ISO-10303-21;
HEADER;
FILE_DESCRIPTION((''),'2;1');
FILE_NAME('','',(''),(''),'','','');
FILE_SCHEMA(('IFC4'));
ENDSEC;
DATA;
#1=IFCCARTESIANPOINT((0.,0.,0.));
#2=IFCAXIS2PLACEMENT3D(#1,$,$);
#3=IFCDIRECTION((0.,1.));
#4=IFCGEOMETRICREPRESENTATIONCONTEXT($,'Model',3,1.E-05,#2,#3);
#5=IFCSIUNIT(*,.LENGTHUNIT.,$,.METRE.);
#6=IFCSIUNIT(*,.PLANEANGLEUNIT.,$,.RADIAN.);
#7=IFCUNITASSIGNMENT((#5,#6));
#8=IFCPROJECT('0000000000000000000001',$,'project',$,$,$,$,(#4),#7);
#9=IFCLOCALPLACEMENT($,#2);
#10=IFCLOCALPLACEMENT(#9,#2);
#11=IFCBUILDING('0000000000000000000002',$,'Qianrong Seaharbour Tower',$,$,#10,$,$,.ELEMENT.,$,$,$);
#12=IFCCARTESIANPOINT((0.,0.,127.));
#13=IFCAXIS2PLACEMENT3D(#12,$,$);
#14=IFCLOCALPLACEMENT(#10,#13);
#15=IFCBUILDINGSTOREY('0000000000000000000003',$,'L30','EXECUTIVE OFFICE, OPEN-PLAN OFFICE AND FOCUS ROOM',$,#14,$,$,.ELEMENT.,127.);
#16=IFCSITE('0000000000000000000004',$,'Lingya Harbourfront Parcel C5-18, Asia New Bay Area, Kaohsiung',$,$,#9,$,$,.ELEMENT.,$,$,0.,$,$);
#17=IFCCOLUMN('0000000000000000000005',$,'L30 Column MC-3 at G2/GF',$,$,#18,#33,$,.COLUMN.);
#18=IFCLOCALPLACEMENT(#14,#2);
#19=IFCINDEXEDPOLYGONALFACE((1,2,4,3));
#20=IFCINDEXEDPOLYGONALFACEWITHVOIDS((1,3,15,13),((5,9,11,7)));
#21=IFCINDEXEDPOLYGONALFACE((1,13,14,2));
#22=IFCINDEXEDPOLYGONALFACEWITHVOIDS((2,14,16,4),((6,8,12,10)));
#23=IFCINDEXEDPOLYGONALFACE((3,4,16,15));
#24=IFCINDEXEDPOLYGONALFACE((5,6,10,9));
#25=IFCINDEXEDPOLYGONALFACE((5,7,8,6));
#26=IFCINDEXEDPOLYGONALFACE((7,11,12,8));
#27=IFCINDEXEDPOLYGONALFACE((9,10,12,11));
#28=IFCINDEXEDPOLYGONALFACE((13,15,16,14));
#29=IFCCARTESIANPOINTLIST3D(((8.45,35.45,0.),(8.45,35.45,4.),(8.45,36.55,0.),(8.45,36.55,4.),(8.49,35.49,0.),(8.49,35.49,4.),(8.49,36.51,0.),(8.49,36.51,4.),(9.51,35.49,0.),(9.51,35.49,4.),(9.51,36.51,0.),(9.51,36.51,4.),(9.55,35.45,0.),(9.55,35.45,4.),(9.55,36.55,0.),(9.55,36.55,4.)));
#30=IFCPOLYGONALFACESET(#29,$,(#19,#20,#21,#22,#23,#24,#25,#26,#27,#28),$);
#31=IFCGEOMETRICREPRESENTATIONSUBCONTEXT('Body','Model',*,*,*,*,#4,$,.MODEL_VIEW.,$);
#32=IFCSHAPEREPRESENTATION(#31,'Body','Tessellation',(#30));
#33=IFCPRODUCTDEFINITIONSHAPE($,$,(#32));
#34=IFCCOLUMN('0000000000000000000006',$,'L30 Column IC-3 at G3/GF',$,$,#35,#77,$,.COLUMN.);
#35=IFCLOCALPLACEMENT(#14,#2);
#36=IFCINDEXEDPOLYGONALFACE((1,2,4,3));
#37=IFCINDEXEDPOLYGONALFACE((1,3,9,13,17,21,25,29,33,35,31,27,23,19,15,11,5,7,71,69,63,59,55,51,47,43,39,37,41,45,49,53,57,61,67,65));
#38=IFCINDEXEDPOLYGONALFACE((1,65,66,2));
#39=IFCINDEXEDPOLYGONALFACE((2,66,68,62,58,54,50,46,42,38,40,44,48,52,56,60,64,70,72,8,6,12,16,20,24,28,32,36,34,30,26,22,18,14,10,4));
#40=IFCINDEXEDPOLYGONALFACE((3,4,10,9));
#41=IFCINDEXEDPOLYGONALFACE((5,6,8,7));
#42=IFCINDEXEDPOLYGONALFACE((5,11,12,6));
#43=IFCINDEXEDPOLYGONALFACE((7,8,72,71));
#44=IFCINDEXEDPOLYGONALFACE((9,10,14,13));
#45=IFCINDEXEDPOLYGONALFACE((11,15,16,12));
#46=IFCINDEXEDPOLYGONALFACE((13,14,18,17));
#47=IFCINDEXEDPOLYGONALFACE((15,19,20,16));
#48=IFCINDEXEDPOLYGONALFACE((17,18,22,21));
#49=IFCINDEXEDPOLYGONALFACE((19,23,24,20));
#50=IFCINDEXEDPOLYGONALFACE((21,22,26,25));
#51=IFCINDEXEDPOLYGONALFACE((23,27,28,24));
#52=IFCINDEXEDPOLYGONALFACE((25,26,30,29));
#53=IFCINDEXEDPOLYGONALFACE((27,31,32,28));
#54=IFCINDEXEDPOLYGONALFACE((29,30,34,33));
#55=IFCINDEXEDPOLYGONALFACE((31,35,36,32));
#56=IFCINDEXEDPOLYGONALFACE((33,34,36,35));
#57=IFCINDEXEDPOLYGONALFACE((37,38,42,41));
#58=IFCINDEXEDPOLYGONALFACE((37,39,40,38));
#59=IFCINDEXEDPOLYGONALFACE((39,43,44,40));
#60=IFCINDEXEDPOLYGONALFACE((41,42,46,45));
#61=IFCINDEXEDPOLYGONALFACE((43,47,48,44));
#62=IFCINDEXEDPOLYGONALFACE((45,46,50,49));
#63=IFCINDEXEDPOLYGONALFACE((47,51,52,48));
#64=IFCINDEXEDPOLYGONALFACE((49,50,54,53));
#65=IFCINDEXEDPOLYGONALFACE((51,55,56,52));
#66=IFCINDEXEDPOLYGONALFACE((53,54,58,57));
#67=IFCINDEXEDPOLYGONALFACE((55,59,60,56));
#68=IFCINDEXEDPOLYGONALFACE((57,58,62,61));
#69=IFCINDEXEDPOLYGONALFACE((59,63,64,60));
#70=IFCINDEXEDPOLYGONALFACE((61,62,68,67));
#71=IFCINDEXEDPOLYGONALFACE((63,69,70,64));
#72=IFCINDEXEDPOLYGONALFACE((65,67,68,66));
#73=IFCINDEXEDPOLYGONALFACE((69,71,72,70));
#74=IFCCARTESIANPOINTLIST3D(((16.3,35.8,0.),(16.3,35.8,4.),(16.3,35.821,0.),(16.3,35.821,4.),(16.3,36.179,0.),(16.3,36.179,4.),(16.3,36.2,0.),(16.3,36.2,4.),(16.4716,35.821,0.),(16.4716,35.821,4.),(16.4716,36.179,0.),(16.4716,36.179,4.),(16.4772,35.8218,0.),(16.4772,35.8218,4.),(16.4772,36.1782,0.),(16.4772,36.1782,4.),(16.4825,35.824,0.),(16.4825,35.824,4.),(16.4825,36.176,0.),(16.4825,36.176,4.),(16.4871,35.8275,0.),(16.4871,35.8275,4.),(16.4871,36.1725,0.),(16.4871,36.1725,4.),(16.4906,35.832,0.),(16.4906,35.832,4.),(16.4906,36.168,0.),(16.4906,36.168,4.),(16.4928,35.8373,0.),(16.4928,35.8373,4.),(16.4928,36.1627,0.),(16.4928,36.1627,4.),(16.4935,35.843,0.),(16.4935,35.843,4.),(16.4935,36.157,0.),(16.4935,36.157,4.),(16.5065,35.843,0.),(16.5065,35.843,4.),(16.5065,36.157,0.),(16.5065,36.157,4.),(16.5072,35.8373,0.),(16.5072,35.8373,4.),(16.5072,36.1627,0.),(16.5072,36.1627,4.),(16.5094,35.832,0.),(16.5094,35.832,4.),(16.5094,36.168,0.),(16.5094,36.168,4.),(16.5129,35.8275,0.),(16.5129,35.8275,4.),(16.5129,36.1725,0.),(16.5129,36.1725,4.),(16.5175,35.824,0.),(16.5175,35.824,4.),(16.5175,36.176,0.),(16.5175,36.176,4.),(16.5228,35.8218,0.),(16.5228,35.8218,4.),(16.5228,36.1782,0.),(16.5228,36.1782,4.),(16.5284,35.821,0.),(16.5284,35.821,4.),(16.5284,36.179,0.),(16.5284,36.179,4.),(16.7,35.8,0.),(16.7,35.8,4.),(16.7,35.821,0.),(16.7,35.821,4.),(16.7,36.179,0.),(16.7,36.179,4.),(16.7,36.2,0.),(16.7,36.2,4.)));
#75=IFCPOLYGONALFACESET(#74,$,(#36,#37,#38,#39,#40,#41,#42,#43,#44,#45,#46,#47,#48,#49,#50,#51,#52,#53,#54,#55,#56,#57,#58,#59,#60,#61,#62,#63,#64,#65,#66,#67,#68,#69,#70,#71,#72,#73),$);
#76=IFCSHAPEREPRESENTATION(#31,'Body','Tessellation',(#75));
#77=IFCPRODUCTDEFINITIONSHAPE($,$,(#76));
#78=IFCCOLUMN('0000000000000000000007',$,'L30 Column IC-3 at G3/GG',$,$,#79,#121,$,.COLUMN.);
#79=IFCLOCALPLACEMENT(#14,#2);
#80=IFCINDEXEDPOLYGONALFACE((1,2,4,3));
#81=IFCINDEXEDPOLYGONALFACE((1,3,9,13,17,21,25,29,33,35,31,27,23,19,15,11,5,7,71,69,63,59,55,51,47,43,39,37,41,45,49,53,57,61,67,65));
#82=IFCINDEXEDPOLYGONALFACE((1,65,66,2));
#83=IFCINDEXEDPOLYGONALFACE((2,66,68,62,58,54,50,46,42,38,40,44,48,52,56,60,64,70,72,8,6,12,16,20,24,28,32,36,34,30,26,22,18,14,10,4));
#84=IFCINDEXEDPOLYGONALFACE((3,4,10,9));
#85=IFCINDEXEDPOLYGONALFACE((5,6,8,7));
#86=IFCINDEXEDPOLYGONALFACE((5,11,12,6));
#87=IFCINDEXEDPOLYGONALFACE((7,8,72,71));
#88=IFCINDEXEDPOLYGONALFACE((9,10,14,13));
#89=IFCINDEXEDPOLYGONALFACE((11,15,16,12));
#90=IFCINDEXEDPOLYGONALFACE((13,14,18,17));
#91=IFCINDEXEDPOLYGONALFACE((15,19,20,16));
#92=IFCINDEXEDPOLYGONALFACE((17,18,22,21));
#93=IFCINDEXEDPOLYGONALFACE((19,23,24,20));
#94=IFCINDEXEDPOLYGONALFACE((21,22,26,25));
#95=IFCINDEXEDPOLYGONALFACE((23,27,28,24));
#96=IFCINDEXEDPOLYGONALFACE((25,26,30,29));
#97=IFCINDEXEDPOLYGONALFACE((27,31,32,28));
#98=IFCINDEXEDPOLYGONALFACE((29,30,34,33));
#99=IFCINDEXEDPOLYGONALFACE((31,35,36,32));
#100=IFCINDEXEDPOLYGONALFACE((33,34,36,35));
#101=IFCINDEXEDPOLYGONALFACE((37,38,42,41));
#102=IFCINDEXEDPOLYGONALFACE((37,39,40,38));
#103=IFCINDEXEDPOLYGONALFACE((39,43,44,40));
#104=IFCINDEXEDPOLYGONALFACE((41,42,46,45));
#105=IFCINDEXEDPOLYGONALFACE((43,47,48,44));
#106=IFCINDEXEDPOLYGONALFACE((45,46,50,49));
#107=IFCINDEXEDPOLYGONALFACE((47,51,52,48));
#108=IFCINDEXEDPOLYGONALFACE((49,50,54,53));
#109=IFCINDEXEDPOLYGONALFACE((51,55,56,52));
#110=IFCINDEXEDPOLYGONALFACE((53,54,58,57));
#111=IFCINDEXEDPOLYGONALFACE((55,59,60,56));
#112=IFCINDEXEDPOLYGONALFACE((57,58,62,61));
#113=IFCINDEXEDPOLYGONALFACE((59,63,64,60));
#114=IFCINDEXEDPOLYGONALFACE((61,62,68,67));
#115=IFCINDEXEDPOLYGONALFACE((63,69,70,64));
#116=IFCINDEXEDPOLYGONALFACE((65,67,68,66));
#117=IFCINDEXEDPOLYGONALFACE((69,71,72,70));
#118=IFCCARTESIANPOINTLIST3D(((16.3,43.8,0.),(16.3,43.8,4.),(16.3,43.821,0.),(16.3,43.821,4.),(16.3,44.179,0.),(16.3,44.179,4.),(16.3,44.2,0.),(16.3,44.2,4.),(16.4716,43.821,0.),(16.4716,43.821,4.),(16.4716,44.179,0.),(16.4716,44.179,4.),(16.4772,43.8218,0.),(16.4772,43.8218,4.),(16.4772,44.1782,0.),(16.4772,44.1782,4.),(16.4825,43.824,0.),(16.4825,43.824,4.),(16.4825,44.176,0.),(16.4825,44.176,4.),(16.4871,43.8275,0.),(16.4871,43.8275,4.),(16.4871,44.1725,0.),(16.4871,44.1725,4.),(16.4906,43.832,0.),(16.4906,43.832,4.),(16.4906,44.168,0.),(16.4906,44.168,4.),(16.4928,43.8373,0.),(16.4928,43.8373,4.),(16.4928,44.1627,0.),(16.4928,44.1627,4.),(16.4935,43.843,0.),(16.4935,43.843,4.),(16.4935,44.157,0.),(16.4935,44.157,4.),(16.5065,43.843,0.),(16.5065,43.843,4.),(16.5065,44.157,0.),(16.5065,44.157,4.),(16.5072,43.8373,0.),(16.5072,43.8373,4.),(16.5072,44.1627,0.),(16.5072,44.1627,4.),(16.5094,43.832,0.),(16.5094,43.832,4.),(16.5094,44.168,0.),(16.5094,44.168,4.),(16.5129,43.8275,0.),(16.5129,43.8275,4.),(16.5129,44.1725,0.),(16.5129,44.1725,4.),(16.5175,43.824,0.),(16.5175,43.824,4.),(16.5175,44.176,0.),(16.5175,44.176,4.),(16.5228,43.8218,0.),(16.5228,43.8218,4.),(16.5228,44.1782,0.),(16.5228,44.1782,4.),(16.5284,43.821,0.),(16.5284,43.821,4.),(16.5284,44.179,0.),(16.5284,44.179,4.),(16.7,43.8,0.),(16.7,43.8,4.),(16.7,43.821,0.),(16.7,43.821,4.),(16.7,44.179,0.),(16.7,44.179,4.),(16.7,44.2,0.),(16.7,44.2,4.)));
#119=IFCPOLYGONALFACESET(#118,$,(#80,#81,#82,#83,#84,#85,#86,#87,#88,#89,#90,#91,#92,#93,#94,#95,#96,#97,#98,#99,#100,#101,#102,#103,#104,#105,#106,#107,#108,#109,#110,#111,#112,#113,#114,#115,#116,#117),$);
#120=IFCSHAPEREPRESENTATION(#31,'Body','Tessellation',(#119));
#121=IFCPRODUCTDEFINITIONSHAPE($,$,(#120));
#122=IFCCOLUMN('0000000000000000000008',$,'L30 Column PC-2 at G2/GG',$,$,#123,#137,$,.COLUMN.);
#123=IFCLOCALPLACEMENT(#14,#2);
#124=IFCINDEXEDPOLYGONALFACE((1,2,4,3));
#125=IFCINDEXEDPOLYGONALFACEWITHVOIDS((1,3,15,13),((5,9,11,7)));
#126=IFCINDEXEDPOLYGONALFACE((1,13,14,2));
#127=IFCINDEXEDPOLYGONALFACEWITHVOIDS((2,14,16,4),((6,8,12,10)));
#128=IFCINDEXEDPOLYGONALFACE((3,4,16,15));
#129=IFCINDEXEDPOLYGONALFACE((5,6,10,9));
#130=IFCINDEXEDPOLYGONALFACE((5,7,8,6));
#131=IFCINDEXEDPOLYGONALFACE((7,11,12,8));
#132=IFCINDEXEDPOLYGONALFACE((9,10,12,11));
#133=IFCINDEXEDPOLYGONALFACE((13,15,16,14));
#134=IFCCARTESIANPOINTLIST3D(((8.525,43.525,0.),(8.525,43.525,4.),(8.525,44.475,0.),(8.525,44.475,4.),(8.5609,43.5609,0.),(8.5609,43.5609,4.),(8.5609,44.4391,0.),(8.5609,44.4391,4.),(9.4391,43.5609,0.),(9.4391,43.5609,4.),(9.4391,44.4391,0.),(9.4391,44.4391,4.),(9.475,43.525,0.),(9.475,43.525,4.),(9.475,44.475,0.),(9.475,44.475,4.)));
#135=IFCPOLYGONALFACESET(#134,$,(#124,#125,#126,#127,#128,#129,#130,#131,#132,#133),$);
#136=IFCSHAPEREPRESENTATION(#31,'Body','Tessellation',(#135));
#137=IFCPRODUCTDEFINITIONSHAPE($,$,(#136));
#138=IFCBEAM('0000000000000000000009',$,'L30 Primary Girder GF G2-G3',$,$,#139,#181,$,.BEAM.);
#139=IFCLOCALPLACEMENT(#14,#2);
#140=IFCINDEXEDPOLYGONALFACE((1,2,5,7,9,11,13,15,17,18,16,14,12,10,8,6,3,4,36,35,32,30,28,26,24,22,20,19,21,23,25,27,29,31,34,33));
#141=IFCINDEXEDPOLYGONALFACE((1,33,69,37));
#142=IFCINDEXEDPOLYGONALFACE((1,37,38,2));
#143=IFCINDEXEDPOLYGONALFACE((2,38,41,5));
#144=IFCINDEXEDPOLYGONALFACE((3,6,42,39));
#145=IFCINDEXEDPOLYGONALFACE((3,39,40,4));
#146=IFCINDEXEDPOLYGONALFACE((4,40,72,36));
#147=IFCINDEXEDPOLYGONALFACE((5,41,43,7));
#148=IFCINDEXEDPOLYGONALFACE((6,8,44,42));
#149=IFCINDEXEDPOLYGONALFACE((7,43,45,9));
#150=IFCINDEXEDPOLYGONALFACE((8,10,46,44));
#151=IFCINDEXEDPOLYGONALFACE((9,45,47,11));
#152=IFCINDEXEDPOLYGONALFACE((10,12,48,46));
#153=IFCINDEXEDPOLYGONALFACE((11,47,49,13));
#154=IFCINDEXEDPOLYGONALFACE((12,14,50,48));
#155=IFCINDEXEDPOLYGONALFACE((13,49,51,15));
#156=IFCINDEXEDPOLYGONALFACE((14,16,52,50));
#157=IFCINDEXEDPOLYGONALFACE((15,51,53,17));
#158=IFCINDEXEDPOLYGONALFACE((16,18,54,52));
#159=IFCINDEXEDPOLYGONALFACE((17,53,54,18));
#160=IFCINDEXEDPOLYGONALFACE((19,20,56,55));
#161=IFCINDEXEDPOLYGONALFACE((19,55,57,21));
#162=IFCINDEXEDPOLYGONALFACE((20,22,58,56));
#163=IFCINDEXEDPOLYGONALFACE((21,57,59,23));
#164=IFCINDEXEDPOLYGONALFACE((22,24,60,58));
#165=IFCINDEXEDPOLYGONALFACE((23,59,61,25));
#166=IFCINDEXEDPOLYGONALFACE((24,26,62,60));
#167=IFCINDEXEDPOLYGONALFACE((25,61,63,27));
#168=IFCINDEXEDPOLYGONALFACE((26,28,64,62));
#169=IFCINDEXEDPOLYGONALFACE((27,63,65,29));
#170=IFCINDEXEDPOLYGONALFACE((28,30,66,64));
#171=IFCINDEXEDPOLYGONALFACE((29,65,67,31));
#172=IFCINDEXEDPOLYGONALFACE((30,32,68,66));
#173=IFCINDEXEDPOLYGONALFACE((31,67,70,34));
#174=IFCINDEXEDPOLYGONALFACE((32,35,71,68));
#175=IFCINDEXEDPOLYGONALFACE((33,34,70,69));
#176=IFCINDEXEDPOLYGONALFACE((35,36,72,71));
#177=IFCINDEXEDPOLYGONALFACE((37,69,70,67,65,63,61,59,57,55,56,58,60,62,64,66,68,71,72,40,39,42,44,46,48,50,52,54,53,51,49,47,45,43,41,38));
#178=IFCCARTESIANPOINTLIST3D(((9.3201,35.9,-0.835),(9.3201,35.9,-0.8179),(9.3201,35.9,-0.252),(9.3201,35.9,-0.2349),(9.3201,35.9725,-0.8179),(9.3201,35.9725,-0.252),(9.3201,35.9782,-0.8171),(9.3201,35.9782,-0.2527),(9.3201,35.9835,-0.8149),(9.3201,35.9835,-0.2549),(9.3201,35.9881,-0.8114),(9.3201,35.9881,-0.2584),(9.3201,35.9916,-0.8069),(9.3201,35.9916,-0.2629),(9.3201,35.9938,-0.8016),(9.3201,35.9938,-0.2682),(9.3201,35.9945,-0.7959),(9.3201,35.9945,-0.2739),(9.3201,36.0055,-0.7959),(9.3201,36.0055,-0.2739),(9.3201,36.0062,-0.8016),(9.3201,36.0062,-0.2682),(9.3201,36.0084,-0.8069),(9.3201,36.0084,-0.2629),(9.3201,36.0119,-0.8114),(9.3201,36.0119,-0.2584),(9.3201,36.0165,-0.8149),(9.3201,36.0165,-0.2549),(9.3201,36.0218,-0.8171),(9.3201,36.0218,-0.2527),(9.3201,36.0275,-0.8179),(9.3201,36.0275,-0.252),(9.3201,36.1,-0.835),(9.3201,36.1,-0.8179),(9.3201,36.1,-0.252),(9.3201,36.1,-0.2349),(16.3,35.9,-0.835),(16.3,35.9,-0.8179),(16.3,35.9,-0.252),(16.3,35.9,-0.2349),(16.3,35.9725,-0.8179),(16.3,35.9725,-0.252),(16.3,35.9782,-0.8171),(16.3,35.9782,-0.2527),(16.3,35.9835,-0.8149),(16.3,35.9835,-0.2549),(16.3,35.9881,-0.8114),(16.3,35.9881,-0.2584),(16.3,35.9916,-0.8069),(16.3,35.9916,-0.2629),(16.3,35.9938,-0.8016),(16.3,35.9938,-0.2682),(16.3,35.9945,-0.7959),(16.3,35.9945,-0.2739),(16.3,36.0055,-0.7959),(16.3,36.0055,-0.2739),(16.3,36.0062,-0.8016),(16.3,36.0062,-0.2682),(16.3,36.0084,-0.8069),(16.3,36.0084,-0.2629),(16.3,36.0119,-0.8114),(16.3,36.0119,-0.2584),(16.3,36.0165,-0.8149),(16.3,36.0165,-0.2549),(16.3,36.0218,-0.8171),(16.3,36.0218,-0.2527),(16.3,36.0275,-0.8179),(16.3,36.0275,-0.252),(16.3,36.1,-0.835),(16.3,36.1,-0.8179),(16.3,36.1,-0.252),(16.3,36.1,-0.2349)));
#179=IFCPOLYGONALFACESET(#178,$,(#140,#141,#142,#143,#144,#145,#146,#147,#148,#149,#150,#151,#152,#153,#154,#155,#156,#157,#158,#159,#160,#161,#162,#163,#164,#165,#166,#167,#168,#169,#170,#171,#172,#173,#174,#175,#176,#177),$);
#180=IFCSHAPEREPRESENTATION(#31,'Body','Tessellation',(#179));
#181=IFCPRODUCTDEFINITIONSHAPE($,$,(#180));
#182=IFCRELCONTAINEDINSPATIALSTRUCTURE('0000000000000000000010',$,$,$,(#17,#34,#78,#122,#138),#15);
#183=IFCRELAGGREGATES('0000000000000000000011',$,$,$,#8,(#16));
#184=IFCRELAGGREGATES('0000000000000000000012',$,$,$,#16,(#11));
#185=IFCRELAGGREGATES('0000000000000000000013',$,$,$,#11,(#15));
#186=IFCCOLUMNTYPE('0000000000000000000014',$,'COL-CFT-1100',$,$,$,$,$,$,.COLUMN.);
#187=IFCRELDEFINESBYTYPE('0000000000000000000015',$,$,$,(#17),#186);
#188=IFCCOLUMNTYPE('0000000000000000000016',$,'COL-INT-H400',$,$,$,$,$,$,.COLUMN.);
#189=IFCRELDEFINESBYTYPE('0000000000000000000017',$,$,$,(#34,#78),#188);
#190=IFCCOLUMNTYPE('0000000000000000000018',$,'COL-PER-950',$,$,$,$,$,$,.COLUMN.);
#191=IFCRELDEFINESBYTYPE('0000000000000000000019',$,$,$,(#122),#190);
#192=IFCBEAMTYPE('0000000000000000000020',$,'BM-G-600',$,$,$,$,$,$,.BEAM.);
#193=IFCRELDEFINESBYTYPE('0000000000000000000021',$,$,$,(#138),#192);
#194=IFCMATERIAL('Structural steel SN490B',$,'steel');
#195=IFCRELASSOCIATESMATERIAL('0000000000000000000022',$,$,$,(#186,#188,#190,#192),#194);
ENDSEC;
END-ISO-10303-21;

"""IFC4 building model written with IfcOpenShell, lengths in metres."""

from ifc_helpers import new_model, si_unit, direction, frame, origin, origin_2d, place, context, subcontext, project, spatial, hollow_rectangle, i_section, extrude, material, material_profile, profile_set, type_object, element, save


model = new_model("IFC4")

# Units and contexts
model_context = context("Model", 3, precision=1e-05, world=origin(), true_north=direction((0.0, 1.0)))
body_context = subcontext(model_context, "Body", "Model", "MODEL_VIEW")
ifc_project = project(units=[si_unit("LENGTHUNIT", "METRE"), si_unit("PLANEANGLEUNIT", "RADIAN")], contexts=[model_context])

# Site, building, storey
site_placement = place(None, origin())
site = spatial("IfcSite", under=ifc_project, at=site_placement, Name="Lingya Harbourfront Parcel C5-18, Asia New Bay Area, Kaohsiung", CompositionType="ELEMENT", RefElevation=0.0)
building_placement = place(site_placement, origin())
building = spatial("IfcBuilding", under=site, at=building_placement, Name="Qianrong Seaharbour Tower", CompositionType="ELEMENT")
storey_placement = place(building_placement, frame((0.0, 0.0, 127.0)))
storey = spatial("IfcBuildingStorey", under=building, at=storey_placement, Name="L30", Description="EXECUTIVE OFFICE, OPEN-PLAN OFFICE AND FOCUS ROOM", CompositionType="ELEMENT", Elevation=127.0)

# Columns
ifc_material_1 = material(Name="Structural steel SN490B", Category="steel")
ifc_material_profile_1 = material_profile(ifc_material_1, hollow_rectangle(XDim=1.1001, YDim=1.1001, WallThickness=0.04, at=origin_2d()), Name="BOX1100x1100x40")
ifc_profile_set_1 = profile_set([ifc_material_profile_1], Name="Structural steel SN490B")
column_type_1 = type_object("IfcColumnType", Name="COL-CFT-1100", PredefinedType="COLUMN", material=ifc_profile_set_1)
column_1_placement = place(storey_placement, frame((9.0, 36.0, 0.0), z_axis=(0.0, 0.0, 1.0), x_axis=(1.0, 0.0, 0.0)))
element("IfcColumn", 1, at=column_1_placement, inside=storey, type_object=column_type_1, Name="L30 Column MC-3 at G2/GF", PredefinedType="COLUMN", context=body_context, shape_type="SweptSolid", body=[
    extrude(hollow_rectangle(XDim=1.1001, YDim=1.1001, WallThickness=0.04, at=origin_2d()), origin(), (0.0, 0.0, 1.0), 4.0),
])
ifc_material_profile_2 = material_profile(ifc_material_1, i_section(OverallWidth=0.3999, OverallDepth=0.3999, WebThickness=0.0129, FlangeThickness=0.021, FilletRadius=0.022, at=origin_2d()), Name="H400x400x13x21")
ifc_profile_set_2 = profile_set([ifc_material_profile_2], Name="Structural steel SN490B")
column_type_2 = type_object("IfcColumnType", Name="COL-INT-H400", PredefinedType="COLUMN", material=ifc_profile_set_2)
for number, where, z_axis, x_axis, name in (
    (2, (16.5, 36.0, 0.0), (0.0, 0.0, 1.0), (1.0, 0.0, 0.0), "L30 Column IC-3 at G3/GF"),
    (3, (16.5, 44.0, 0.0), (0.0, 0.0, 1.0), (1.0, 0.0, 0.0), "L30 Column IC-3 at G3/GG"),
):
    element("IfcColumn", number, at=place(storey_placement, frame(where, z_axis=z_axis, x_axis=x_axis)), inside=storey, type_object=column_type_2, Name=name, PredefinedType="COLUMN", context=body_context, shape_type="SweptSolid", body=[
        extrude(i_section(OverallWidth=0.3999, OverallDepth=0.3999, WebThickness=0.0129, FlangeThickness=0.021, FilletRadius=0.022, at=origin_2d()), origin(), (0.0, 0.0, 1.0), 4.0),
    ])
ifc_material_profile_3 = material_profile(ifc_material_1, hollow_rectangle(XDim=0.95, YDim=0.95, WallThickness=0.0359, at=origin_2d()), Name="BOX950x950x36")
ifc_profile_set_3 = profile_set([ifc_material_profile_3], Name="Structural steel SN490B")
column_type_3 = type_object("IfcColumnType", Name="COL-PER-950", PredefinedType="COLUMN", material=ifc_profile_set_3)
column_2_placement = place(storey_placement, frame((9.0, 44.0, 0.0), z_axis=(0.0, 0.0, 1.0), x_axis=(1.0, 0.0, 0.0)))
element("IfcColumn", 4, at=column_2_placement, inside=storey, type_object=column_type_3, Name="L30 Column PC-2 at G2/GG", PredefinedType="COLUMN", context=body_context, shape_type="SweptSolid", body=[
    extrude(hollow_rectangle(XDim=0.95, YDim=0.95, WallThickness=0.0359, at=origin_2d()), origin(), (0.0, 0.0, 1.0), 4.0),
])

# Beam
ifc_material_profile_4 = material_profile(ifc_material_1, i_section(OverallWidth=0.2, OverallDepth=0.6001, WebThickness=0.011, FlangeThickness=0.0171, FilletRadius=0.022, at=origin_2d()), Name="H600x200x11x17")
ifc_profile_set_4 = profile_set([ifc_material_profile_4], Name="Structural steel SN490B")
beam_type_1 = type_object("IfcBeamType", Name="BM-G-600", PredefinedType="BEAM", material=ifc_profile_set_4)
for number, where, z_axis, x_axis, name in (
    (5, (9.3201, 36.0, -0.5349), (1.0, 0.0, 0.0), (0.0, 1.0, 0.0), "L30 Primary Girder GF G2-G3"),
):
    element("IfcBeam", number, at=place(storey_placement, frame(where, z_axis=z_axis, x_axis=x_axis)), inside=storey, type_object=beam_type_1, Name=name, PredefinedType="BEAM", context=body_context, shape_type="SweptSolid", body=[
        extrude(i_section(OverallWidth=0.2, OverallDepth=0.6001, WebThickness=0.011, FlangeThickness=0.0171, FilletRadius=0.022, at=origin_2d()), origin(), (0.0, 0.0, 1.0), 6.98),
    ])

save(model, "model.ifc")
